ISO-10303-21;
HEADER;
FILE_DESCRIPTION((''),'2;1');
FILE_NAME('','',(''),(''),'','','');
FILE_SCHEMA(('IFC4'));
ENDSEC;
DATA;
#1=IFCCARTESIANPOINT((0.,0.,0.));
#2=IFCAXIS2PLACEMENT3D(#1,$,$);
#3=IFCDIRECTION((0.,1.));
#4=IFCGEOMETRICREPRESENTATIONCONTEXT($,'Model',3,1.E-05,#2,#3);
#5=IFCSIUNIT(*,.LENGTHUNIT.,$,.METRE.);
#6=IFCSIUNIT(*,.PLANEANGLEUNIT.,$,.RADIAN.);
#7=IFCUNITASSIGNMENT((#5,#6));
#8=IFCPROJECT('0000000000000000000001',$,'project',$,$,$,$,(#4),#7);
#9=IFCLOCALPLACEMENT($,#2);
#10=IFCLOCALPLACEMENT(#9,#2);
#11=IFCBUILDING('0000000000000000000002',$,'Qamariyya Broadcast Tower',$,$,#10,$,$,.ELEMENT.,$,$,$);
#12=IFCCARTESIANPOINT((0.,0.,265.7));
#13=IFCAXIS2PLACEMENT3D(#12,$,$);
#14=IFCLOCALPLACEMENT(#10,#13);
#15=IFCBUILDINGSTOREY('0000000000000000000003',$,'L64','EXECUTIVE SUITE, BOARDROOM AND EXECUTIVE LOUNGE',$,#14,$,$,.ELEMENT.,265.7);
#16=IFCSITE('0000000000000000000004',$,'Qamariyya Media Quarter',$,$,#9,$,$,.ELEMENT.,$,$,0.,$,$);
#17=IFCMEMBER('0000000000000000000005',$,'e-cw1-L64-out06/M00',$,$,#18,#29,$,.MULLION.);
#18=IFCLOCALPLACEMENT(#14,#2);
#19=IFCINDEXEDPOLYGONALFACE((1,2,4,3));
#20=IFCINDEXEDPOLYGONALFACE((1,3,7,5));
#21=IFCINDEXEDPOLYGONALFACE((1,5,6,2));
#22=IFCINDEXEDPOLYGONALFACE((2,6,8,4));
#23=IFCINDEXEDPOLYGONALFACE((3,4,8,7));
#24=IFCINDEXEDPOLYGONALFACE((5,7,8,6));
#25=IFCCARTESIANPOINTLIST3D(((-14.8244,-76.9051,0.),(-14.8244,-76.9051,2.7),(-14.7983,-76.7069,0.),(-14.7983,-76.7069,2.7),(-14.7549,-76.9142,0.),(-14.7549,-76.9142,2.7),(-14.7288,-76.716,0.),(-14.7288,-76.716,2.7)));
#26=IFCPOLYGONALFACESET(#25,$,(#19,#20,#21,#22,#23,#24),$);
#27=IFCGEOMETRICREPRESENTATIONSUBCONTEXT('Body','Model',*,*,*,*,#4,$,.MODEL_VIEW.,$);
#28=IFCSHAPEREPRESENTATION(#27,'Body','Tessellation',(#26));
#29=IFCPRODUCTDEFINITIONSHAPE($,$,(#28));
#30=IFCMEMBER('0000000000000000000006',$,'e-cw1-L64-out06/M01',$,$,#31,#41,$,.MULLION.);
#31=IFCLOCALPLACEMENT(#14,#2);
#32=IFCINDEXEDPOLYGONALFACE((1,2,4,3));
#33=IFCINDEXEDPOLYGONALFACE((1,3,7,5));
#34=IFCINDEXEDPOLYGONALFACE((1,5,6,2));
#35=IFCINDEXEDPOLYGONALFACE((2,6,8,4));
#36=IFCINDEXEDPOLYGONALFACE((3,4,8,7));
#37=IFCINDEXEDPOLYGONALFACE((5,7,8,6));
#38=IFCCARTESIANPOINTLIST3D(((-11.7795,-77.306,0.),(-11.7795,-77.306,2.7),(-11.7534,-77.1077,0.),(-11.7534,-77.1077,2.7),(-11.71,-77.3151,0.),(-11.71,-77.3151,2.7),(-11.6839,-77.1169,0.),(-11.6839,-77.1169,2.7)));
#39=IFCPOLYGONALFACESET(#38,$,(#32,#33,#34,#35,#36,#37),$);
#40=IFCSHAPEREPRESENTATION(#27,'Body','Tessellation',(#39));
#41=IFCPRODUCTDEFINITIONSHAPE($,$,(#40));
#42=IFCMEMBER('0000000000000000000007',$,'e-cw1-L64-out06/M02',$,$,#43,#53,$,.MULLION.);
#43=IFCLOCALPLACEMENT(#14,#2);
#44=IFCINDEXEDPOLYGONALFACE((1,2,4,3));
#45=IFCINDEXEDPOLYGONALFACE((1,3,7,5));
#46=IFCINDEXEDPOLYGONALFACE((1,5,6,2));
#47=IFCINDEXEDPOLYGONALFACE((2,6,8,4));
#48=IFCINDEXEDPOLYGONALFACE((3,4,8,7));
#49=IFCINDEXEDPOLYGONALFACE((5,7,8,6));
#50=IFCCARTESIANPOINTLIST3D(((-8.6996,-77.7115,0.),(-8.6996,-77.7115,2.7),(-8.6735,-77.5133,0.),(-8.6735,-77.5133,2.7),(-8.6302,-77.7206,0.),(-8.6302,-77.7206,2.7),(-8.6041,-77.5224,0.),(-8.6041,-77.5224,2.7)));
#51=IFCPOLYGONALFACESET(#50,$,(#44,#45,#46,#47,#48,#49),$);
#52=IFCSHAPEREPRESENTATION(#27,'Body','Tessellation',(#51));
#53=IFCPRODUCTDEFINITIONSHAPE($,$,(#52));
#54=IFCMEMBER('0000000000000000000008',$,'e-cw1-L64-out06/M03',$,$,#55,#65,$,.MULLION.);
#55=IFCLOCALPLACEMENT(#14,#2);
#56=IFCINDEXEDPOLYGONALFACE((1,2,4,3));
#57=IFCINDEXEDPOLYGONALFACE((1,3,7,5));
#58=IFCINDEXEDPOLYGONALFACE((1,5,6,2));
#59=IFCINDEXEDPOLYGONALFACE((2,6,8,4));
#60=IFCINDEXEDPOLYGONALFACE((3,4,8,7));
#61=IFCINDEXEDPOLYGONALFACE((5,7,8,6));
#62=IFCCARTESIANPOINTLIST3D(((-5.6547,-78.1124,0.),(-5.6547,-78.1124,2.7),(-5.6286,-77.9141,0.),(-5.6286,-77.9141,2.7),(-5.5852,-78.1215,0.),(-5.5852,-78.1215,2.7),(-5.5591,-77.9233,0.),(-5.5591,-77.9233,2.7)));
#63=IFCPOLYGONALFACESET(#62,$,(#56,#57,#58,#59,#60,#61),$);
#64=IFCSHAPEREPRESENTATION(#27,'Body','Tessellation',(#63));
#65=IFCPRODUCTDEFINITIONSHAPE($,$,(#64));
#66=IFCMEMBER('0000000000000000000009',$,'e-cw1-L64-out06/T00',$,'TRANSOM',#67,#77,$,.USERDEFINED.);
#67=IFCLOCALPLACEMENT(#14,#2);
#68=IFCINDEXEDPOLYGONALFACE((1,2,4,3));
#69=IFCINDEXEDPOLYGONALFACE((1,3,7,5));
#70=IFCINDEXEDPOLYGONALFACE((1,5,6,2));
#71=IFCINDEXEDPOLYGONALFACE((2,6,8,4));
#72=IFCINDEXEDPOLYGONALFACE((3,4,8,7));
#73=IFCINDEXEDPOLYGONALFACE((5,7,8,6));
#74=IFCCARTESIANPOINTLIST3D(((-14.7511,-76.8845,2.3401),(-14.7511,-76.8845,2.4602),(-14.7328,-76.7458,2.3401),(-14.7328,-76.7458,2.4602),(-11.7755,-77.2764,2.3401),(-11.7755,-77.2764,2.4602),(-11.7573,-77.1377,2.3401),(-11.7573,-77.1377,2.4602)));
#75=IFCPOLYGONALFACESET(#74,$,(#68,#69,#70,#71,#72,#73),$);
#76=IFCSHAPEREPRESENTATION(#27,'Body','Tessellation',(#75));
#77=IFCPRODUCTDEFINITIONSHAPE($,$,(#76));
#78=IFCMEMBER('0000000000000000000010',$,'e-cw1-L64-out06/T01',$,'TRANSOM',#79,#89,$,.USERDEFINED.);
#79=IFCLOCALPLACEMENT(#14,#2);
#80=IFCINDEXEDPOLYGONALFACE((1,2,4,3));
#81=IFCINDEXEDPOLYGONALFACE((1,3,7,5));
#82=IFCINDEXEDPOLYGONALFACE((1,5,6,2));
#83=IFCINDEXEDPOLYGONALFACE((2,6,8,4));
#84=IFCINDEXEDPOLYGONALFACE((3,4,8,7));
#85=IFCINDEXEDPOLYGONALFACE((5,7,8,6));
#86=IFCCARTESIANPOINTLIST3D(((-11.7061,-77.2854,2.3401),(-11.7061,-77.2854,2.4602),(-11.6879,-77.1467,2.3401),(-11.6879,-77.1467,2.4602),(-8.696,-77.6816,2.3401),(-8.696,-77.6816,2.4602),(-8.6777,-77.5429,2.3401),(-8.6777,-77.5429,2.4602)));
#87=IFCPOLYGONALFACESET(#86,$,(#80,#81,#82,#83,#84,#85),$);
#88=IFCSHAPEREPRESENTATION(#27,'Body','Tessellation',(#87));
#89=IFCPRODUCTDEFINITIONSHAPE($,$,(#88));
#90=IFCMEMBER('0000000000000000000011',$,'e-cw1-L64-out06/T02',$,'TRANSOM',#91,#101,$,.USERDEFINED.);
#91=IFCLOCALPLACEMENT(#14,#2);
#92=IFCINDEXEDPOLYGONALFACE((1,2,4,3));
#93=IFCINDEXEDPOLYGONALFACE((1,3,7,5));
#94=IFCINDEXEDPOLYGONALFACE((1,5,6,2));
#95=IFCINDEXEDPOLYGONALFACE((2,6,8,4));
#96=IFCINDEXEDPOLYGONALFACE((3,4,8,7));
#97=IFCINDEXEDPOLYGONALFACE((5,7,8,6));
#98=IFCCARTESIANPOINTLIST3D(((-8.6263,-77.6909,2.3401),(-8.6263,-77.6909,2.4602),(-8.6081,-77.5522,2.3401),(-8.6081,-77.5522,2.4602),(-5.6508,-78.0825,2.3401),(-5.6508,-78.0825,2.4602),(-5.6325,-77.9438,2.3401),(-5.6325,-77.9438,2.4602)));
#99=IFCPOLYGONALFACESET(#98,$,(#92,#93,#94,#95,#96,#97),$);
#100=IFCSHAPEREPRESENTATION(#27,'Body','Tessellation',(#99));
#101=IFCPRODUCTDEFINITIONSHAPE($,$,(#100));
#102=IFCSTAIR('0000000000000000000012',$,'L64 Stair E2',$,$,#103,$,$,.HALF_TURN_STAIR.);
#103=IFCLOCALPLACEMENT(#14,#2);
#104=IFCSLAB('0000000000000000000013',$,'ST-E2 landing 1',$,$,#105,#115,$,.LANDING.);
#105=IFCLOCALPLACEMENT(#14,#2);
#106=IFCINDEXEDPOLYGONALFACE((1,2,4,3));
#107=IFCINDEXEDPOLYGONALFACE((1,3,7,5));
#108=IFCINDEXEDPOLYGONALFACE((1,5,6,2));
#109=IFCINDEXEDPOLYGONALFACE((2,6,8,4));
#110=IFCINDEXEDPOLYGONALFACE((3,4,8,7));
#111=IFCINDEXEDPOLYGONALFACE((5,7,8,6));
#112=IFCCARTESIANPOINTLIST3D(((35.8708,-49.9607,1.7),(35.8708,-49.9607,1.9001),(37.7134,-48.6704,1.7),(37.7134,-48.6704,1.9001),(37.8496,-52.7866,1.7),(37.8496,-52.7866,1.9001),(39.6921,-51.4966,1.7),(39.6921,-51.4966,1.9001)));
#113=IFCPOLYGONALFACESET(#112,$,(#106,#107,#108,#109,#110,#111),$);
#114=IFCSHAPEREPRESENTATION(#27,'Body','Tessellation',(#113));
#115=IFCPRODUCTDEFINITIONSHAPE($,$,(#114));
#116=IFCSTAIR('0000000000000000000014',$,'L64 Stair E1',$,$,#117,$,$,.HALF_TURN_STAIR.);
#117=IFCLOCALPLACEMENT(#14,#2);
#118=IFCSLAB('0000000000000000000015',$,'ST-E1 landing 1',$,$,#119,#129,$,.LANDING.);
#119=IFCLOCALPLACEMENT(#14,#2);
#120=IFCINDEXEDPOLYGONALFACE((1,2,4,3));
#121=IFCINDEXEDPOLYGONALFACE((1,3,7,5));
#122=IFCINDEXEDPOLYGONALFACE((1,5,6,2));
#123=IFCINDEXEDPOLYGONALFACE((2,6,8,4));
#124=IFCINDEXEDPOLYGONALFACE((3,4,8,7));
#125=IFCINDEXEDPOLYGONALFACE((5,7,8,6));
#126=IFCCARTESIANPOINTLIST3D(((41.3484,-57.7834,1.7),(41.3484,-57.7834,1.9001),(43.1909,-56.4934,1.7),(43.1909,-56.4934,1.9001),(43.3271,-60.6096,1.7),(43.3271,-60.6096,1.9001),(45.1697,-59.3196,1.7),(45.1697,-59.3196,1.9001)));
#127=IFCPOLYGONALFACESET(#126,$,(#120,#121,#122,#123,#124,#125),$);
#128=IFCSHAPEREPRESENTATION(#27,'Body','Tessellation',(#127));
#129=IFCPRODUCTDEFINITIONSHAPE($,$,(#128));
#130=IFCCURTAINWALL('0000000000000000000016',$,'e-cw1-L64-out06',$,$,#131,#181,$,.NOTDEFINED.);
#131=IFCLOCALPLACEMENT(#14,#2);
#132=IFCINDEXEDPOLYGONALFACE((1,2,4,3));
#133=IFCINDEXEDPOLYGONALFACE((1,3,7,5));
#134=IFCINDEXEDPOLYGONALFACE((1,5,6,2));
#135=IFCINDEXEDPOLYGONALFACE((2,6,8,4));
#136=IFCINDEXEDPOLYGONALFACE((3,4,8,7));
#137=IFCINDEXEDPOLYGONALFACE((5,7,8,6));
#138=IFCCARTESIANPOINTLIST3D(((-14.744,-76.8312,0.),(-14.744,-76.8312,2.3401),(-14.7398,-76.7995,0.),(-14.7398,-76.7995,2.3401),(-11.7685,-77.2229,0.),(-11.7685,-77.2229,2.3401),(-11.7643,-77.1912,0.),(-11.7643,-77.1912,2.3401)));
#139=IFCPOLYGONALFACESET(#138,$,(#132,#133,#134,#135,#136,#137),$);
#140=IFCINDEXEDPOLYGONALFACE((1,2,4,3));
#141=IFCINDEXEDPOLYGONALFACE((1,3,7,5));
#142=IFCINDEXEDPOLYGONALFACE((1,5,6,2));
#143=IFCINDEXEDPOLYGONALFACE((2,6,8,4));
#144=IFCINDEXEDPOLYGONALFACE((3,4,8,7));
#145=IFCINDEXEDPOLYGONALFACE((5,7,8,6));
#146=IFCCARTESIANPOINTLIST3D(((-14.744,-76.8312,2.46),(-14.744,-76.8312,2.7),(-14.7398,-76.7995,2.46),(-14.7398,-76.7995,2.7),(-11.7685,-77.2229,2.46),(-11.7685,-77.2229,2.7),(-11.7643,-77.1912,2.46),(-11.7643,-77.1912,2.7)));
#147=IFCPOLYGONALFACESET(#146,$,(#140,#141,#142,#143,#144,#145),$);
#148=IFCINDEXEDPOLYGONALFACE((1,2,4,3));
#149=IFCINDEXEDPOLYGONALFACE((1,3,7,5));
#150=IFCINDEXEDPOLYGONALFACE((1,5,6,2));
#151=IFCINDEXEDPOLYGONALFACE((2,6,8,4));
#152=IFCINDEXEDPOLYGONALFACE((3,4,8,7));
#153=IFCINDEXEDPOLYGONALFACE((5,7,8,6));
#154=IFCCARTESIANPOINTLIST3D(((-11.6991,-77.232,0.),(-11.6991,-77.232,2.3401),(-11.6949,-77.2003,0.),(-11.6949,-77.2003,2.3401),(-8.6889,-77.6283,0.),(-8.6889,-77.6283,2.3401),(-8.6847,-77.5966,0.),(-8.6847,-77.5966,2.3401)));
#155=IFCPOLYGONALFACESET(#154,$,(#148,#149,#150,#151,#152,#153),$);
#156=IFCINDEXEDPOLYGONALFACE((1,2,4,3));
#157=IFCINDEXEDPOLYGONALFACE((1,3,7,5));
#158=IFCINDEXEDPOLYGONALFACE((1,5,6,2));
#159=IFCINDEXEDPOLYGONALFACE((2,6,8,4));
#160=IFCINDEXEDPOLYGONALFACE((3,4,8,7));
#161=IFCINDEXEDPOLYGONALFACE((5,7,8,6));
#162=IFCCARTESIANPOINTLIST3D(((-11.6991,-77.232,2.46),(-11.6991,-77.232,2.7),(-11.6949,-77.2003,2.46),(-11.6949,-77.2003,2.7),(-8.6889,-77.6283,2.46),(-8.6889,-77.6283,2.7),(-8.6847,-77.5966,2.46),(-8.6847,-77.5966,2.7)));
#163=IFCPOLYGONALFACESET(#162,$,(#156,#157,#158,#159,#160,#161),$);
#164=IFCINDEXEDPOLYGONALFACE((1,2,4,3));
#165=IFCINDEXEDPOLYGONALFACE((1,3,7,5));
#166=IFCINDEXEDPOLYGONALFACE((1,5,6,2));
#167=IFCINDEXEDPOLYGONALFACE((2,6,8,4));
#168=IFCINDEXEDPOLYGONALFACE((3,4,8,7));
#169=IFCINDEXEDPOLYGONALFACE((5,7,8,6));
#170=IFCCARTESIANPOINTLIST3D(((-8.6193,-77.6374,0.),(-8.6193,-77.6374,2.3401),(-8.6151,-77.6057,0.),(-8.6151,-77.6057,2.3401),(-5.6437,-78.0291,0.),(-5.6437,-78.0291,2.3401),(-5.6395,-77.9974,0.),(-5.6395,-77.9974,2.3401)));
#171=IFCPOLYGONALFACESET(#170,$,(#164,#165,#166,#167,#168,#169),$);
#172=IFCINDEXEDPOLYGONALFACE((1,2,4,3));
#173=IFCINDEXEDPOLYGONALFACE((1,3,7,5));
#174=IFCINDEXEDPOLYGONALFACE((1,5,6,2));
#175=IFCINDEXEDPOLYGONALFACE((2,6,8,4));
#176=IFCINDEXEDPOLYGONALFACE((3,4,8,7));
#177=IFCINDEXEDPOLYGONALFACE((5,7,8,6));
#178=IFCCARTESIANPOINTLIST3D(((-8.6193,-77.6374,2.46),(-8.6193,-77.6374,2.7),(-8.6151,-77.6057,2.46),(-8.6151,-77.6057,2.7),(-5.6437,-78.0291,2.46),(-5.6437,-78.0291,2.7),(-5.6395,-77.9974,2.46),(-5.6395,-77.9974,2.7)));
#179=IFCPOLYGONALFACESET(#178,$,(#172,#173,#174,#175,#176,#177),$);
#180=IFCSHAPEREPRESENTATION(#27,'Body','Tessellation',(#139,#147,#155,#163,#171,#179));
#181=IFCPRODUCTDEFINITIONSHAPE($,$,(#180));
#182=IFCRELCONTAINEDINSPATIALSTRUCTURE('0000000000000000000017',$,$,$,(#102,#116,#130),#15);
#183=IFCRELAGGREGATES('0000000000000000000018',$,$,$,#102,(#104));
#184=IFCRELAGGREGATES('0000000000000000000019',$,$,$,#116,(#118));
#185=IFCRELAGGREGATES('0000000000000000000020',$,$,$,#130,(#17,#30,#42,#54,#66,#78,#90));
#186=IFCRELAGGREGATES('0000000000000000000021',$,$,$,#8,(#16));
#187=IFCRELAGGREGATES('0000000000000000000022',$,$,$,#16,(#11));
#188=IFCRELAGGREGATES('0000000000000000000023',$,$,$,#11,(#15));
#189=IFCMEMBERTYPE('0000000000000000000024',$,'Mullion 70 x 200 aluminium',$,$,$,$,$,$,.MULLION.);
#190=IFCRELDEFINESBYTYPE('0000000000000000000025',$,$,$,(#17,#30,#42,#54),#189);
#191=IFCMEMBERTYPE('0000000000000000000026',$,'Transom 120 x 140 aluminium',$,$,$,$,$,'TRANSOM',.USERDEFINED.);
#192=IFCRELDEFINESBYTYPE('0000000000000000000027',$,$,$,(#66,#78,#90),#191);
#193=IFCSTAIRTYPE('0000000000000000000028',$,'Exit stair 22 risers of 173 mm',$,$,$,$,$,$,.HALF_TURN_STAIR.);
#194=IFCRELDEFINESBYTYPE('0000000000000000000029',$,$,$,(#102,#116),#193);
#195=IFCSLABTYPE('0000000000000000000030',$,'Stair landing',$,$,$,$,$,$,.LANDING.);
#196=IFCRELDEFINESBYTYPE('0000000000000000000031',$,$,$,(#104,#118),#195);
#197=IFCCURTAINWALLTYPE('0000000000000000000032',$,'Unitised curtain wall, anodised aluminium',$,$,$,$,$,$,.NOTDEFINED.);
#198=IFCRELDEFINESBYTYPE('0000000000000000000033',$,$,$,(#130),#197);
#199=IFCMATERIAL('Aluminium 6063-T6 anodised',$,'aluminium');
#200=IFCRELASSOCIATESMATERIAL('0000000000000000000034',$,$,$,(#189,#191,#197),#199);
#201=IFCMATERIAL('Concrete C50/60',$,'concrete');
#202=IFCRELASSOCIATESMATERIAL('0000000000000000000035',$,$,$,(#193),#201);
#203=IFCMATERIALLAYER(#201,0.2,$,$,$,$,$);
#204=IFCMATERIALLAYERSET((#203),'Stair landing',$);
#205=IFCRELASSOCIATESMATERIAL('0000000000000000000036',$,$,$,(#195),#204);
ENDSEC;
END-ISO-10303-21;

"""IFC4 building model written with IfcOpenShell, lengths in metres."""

from ifc_helpers import new_model, si_unit, direction, frame, origin, origin_2d, place, context, subcontext, project, spatial, polyline, rectangle, outline, extrude, material, layer, layer_set, material_profile, profile_set, type_object, element, aggregate, save


model = new_model("IFC4")

# Units and contexts
model_context = context("Model", 3, precision=1e-05, world=origin(), true_north=direction((0.0, 1.0)))
body_context = subcontext(model_context, "Body", "Model", "MODEL_VIEW")
ifc_project = project(units=[si_unit("LENGTHUNIT", "METRE"), si_unit("PLANEANGLEUNIT", "RADIAN")], contexts=[model_context])

# Members
ifc_material_1 = material(Name="Aluminium 6063-T6 anodised", Category="aluminium")
ifc_material_profile_1 = material_profile(ifc_material_1, rectangle(XDim=0.2, YDim=0.0701, at=origin_2d()))
ifc_profile_set_1 = profile_set([ifc_material_profile_1], Name="Aluminium 6063-T6 anodised")
member_type_1 = type_object("IfcMemberType", Name="Mullion 70 x 200 aluminium", PredefinedType="MULLION", material=ifc_profile_set_1)
site_placement = place(None, origin())
building_placement = place(site_placement, origin())
storey_placement = place(building_placement, frame((0.0, 0.0, 265.7)))
member_1_placement = place(storey_placement, frame((-14.7766, -76.8105, 0.0), z_axis=(0.0, 0.0, 1.0), x_axis=(0.130526, 0.991445, 0.0)))
member_1 = element("IfcMember", 1, at=member_1_placement, type_object=member_type_1, Name="e-cw1-L64-out06/M00", PredefinedType="MULLION", context=body_context, shape_type="SweptSolid", body=[
    extrude(rectangle(XDim=0.2, YDim=0.0701, at=origin_2d()), origin(), (0.0, 0.0, 1.0), 2.7),
])
member_2_placement = place(storey_placement, frame((-11.7317, -77.2114, 0.0), z_axis=(0.0, 0.0, 1.0), x_axis=(0.130526, 0.991445, 0.0)))
member_2 = element("IfcMember", 2, at=member_2_placement, type_object=member_type_1, Name="e-cw1-L64-out06/M01", PredefinedType="MULLION", context=body_context, shape_type="SweptSolid", body=[
    extrude(rectangle(XDim=0.2, YDim=0.0701, at=origin_2d()), origin(), (0.0, 0.0, 1.0), 2.7),
])
member_3_placement = place(storey_placement, frame((-8.6519, -77.6169, 0.0), z_axis=(0.0, 0.0, 1.0), x_axis=(0.130526, 0.991445, 0.0)))
member_3 = element("IfcMember", 3, at=member_3_placement, type_object=member_type_1, Name="e-cw1-L64-out06/M02", PredefinedType="MULLION", context=body_context, shape_type="SweptSolid", body=[
    extrude(rectangle(XDim=0.2, YDim=0.0701, at=origin_2d()), origin(), (0.0, 0.0, 1.0), 2.7),
])
member_4_placement = place(storey_placement, frame((-5.6069, -78.0178, 0.0), z_axis=(0.0, 0.0, 1.0), x_axis=(0.130526, 0.991445, 0.0)))
member_4 = element("IfcMember", 4, at=member_4_placement, type_object=member_type_1, Name="e-cw1-L64-out06/M03", PredefinedType="MULLION", context=body_context, shape_type="SweptSolid", body=[
    extrude(rectangle(XDim=0.2, YDim=0.0701, at=origin_2d()), origin(), (0.0, 0.0, 1.0), 2.7),
])
ifc_material_profile_2 = material_profile(ifc_material_1, rectangle(XDim=0.1399, YDim=0.1201, at=origin_2d()))
ifc_profile_set_2 = profile_set([ifc_material_profile_2], Name="Aluminium 6063-T6 anodised")
member_type_2 = type_object("IfcMemberType", Name="Transom 120 x 140 aluminium", ElementType="TRANSOM", PredefinedType="USERDEFINED", material=ifc_profile_set_2)
member_5_placement = place(storey_placement, frame((-14.7419, -76.8152, 2.4001), z_axis=(0.99144, -0.13056, 0.0), x_axis=(0.13056, 0.99144, 0.0)))
member_5 = element("IfcMember", 5, at=member_5_placement, type_object=member_type_2, Name="e-cw1-L64-out06/T00", ObjectType="TRANSOM", PredefinedType="USERDEFINED", context=body_context, shape_type="SweptSolid", body=[
    extrude(rectangle(XDim=0.1399, YDim=0.1201, at=origin_2d()), origin(), (0.0, 0.0, 1.0), 3.0012),
])
member_6_placement = place(storey_placement, frame((-11.697, -77.2161, 2.4001), z_axis=(0.991448, -0.130504, 0.0), x_axis=(0.130504, 0.991448, 0.0)))
member_6 = element("IfcMember", 6, at=member_6_placement, type_object=member_type_2, Name="e-cw1-L64-out06/T01", ObjectType="TRANSOM", PredefinedType="USERDEFINED", context=body_context, shape_type="SweptSolid", body=[
    extrude(rectangle(XDim=0.1399, YDim=0.1201, at=origin_2d()), origin(), (0.0, 0.0, 1.0), 3.0361),
])
member_7_placement = place(storey_placement, frame((-8.6172, -77.6216, 2.4001), z_axis=(0.991451, -0.13048, 0.0), x_axis=(0.13048, 0.991451, 0.0)))
member_7 = element("IfcMember", 7, at=member_7_placement, type_object=member_type_2, Name="e-cw1-L64-out06/T02", ObjectType="TRANSOM", PredefinedType="USERDEFINED", context=body_context, shape_type="SweptSolid", body=[
    extrude(rectangle(XDim=0.1399, YDim=0.1201, at=origin_2d()), origin(), (0.0, 0.0, 1.0), 3.0012),
])

# Site, building, storey
site = spatial("IfcSite", under=ifc_project, at=site_placement, Name="Qamariyya Media Quarter", CompositionType="ELEMENT", RefElevation=0.0)
building = spatial("IfcBuilding", under=site, at=building_placement, Name="Qamariyya Broadcast Tower", CompositionType="ELEMENT")
storey = spatial("IfcBuildingStorey", under=building, at=storey_placement, Name="L64", Description="EXECUTIVE SUITE, BOARDROOM AND EXECUTIVE LOUNGE", CompositionType="ELEMENT", Elevation=265.7)

# Stairs, slabs
ifc_material_2 = material(Name="Concrete C50/60", Category="concrete")
stair_type = type_object("IfcStairType", Name="Exit stair 22 risers of 173 mm", PredefinedType="HALF_TURN_STAIR", material=ifc_material_2)
stair_1_placement = place(storey_placement, origin())
stair_1 = element("IfcStair", 8, at=stair_1_placement, inside=storey, type_object=stair_type, Name="L64 Stair E2", PredefinedType="HALF_TURN_STAIR")
ifc_layer = layer(ifc_material_2, 0.2)
ifc_layer_set = layer_set([ifc_layer], Name="Stair landing")
slab_type = type_object("IfcSlabType", Name="Stair landing", PredefinedType="LANDING", material=ifc_layer_set)
slab_1_placement = place(storey_placement, frame((0.0, 0.0, 1.7)))
slab_1 = element("IfcSlab", 9, at=slab_1_placement, type_object=slab_type, Name="ST-E2 landing 1", PredefinedType="LANDING", context=body_context, shape_type="SweptSolid", body=[
    extrude(outline(polyline([(37.7134, -48.6704), (35.8708, -49.9607), (37.8496, -52.7866), (39.6921, -51.4966), (37.7134, -48.6704)])), origin(), (0.0, 0.0, 1.0), 0.2002),
])
aggregate(stair_1, [slab_1])
stair_2_placement = place(storey_placement, origin())
stair_2 = element("IfcStair", 10, at=stair_2_placement, inside=storey, type_object=stair_type, Name="L64 Stair E1", PredefinedType="HALF_TURN_STAIR")
slab_2_placement = place(storey_placement, frame((0.0, 0.0, 1.7)))
slab_2 = element("IfcSlab", 11, at=slab_2_placement, type_object=slab_type, Name="ST-E1 landing 1", PredefinedType="LANDING", context=body_context, shape_type="SweptSolid", body=[
    extrude(outline(polyline([(43.1909, -56.4934), (41.3484, -57.7834), (43.3271, -60.6096), (45.1697, -59.3196), (43.1909, -56.4934)])), origin(), (0.0, 0.0, 1.0), 0.2002),
])
aggregate(stair_2, [slab_2])

# Curtain wall
curtain_wall_type = type_object("IfcCurtainWallType", Name="Unitised curtain wall, anodised aluminium", PredefinedType="NOTDEFINED", material=ifc_material_1)
curtain_wall_1_placement = place(storey_placement, origin())
curtain_wall_1 = element("IfcCurtainWall", 12, at=curtain_wall_1_placement, inside=storey, type_object=curtain_wall_type, Name="e-cw1-L64-out06", PredefinedType="NOTDEFINED", context=body_context, shape_type="SweptSolid", body=[
    extrude(rectangle(XDim=3.0012, YDim=0.032, at=origin_2d()), frame((-13.2542, -77.0112, 0.0), x_axis=(0.991445, -0.130523, 0.0)), (0.0, 0.0, 1.0), 2.3401),
    extrude(rectangle(XDim=3.0012, YDim=0.032, at=origin_2d()), frame((-13.2542, -77.0112, 2.46), x_axis=(0.991445, -0.130523, 0.0)), (0.0, 0.0, 1.0), 0.24),
    extrude(rectangle(XDim=3.0361, YDim=0.032, at=origin_2d()), frame((-10.1919, -77.4143, 0.0), x_axis=(0.991445, -0.130523, 0.0)), (0.0, 0.0, 1.0), 2.3401),
    extrude(rectangle(XDim=3.0361, YDim=0.032, at=origin_2d()), frame((-10.1919, -77.4143, 2.46), x_axis=(0.991445, -0.130523, 0.0)), (0.0, 0.0, 1.0), 0.24),
    extrude(rectangle(XDim=3.0012, YDim=0.032, at=origin_2d()), frame((-7.1294, -77.8174, 0.0), x_axis=(0.991445, -0.130523, 0.0)), (0.0, 0.0, 1.0), 2.3401),
    extrude(rectangle(XDim=3.0012, YDim=0.032, at=origin_2d()), frame((-7.1294, -77.8174, 2.46), x_axis=(0.991445, -0.130523, 0.0)), (0.0, 0.0, 1.0), 0.24),
])
aggregate(curtain_wall_1, [member_1, member_2, member_3, member_4, member_5, member_6, member_7])

save(model, "model.ifc")
